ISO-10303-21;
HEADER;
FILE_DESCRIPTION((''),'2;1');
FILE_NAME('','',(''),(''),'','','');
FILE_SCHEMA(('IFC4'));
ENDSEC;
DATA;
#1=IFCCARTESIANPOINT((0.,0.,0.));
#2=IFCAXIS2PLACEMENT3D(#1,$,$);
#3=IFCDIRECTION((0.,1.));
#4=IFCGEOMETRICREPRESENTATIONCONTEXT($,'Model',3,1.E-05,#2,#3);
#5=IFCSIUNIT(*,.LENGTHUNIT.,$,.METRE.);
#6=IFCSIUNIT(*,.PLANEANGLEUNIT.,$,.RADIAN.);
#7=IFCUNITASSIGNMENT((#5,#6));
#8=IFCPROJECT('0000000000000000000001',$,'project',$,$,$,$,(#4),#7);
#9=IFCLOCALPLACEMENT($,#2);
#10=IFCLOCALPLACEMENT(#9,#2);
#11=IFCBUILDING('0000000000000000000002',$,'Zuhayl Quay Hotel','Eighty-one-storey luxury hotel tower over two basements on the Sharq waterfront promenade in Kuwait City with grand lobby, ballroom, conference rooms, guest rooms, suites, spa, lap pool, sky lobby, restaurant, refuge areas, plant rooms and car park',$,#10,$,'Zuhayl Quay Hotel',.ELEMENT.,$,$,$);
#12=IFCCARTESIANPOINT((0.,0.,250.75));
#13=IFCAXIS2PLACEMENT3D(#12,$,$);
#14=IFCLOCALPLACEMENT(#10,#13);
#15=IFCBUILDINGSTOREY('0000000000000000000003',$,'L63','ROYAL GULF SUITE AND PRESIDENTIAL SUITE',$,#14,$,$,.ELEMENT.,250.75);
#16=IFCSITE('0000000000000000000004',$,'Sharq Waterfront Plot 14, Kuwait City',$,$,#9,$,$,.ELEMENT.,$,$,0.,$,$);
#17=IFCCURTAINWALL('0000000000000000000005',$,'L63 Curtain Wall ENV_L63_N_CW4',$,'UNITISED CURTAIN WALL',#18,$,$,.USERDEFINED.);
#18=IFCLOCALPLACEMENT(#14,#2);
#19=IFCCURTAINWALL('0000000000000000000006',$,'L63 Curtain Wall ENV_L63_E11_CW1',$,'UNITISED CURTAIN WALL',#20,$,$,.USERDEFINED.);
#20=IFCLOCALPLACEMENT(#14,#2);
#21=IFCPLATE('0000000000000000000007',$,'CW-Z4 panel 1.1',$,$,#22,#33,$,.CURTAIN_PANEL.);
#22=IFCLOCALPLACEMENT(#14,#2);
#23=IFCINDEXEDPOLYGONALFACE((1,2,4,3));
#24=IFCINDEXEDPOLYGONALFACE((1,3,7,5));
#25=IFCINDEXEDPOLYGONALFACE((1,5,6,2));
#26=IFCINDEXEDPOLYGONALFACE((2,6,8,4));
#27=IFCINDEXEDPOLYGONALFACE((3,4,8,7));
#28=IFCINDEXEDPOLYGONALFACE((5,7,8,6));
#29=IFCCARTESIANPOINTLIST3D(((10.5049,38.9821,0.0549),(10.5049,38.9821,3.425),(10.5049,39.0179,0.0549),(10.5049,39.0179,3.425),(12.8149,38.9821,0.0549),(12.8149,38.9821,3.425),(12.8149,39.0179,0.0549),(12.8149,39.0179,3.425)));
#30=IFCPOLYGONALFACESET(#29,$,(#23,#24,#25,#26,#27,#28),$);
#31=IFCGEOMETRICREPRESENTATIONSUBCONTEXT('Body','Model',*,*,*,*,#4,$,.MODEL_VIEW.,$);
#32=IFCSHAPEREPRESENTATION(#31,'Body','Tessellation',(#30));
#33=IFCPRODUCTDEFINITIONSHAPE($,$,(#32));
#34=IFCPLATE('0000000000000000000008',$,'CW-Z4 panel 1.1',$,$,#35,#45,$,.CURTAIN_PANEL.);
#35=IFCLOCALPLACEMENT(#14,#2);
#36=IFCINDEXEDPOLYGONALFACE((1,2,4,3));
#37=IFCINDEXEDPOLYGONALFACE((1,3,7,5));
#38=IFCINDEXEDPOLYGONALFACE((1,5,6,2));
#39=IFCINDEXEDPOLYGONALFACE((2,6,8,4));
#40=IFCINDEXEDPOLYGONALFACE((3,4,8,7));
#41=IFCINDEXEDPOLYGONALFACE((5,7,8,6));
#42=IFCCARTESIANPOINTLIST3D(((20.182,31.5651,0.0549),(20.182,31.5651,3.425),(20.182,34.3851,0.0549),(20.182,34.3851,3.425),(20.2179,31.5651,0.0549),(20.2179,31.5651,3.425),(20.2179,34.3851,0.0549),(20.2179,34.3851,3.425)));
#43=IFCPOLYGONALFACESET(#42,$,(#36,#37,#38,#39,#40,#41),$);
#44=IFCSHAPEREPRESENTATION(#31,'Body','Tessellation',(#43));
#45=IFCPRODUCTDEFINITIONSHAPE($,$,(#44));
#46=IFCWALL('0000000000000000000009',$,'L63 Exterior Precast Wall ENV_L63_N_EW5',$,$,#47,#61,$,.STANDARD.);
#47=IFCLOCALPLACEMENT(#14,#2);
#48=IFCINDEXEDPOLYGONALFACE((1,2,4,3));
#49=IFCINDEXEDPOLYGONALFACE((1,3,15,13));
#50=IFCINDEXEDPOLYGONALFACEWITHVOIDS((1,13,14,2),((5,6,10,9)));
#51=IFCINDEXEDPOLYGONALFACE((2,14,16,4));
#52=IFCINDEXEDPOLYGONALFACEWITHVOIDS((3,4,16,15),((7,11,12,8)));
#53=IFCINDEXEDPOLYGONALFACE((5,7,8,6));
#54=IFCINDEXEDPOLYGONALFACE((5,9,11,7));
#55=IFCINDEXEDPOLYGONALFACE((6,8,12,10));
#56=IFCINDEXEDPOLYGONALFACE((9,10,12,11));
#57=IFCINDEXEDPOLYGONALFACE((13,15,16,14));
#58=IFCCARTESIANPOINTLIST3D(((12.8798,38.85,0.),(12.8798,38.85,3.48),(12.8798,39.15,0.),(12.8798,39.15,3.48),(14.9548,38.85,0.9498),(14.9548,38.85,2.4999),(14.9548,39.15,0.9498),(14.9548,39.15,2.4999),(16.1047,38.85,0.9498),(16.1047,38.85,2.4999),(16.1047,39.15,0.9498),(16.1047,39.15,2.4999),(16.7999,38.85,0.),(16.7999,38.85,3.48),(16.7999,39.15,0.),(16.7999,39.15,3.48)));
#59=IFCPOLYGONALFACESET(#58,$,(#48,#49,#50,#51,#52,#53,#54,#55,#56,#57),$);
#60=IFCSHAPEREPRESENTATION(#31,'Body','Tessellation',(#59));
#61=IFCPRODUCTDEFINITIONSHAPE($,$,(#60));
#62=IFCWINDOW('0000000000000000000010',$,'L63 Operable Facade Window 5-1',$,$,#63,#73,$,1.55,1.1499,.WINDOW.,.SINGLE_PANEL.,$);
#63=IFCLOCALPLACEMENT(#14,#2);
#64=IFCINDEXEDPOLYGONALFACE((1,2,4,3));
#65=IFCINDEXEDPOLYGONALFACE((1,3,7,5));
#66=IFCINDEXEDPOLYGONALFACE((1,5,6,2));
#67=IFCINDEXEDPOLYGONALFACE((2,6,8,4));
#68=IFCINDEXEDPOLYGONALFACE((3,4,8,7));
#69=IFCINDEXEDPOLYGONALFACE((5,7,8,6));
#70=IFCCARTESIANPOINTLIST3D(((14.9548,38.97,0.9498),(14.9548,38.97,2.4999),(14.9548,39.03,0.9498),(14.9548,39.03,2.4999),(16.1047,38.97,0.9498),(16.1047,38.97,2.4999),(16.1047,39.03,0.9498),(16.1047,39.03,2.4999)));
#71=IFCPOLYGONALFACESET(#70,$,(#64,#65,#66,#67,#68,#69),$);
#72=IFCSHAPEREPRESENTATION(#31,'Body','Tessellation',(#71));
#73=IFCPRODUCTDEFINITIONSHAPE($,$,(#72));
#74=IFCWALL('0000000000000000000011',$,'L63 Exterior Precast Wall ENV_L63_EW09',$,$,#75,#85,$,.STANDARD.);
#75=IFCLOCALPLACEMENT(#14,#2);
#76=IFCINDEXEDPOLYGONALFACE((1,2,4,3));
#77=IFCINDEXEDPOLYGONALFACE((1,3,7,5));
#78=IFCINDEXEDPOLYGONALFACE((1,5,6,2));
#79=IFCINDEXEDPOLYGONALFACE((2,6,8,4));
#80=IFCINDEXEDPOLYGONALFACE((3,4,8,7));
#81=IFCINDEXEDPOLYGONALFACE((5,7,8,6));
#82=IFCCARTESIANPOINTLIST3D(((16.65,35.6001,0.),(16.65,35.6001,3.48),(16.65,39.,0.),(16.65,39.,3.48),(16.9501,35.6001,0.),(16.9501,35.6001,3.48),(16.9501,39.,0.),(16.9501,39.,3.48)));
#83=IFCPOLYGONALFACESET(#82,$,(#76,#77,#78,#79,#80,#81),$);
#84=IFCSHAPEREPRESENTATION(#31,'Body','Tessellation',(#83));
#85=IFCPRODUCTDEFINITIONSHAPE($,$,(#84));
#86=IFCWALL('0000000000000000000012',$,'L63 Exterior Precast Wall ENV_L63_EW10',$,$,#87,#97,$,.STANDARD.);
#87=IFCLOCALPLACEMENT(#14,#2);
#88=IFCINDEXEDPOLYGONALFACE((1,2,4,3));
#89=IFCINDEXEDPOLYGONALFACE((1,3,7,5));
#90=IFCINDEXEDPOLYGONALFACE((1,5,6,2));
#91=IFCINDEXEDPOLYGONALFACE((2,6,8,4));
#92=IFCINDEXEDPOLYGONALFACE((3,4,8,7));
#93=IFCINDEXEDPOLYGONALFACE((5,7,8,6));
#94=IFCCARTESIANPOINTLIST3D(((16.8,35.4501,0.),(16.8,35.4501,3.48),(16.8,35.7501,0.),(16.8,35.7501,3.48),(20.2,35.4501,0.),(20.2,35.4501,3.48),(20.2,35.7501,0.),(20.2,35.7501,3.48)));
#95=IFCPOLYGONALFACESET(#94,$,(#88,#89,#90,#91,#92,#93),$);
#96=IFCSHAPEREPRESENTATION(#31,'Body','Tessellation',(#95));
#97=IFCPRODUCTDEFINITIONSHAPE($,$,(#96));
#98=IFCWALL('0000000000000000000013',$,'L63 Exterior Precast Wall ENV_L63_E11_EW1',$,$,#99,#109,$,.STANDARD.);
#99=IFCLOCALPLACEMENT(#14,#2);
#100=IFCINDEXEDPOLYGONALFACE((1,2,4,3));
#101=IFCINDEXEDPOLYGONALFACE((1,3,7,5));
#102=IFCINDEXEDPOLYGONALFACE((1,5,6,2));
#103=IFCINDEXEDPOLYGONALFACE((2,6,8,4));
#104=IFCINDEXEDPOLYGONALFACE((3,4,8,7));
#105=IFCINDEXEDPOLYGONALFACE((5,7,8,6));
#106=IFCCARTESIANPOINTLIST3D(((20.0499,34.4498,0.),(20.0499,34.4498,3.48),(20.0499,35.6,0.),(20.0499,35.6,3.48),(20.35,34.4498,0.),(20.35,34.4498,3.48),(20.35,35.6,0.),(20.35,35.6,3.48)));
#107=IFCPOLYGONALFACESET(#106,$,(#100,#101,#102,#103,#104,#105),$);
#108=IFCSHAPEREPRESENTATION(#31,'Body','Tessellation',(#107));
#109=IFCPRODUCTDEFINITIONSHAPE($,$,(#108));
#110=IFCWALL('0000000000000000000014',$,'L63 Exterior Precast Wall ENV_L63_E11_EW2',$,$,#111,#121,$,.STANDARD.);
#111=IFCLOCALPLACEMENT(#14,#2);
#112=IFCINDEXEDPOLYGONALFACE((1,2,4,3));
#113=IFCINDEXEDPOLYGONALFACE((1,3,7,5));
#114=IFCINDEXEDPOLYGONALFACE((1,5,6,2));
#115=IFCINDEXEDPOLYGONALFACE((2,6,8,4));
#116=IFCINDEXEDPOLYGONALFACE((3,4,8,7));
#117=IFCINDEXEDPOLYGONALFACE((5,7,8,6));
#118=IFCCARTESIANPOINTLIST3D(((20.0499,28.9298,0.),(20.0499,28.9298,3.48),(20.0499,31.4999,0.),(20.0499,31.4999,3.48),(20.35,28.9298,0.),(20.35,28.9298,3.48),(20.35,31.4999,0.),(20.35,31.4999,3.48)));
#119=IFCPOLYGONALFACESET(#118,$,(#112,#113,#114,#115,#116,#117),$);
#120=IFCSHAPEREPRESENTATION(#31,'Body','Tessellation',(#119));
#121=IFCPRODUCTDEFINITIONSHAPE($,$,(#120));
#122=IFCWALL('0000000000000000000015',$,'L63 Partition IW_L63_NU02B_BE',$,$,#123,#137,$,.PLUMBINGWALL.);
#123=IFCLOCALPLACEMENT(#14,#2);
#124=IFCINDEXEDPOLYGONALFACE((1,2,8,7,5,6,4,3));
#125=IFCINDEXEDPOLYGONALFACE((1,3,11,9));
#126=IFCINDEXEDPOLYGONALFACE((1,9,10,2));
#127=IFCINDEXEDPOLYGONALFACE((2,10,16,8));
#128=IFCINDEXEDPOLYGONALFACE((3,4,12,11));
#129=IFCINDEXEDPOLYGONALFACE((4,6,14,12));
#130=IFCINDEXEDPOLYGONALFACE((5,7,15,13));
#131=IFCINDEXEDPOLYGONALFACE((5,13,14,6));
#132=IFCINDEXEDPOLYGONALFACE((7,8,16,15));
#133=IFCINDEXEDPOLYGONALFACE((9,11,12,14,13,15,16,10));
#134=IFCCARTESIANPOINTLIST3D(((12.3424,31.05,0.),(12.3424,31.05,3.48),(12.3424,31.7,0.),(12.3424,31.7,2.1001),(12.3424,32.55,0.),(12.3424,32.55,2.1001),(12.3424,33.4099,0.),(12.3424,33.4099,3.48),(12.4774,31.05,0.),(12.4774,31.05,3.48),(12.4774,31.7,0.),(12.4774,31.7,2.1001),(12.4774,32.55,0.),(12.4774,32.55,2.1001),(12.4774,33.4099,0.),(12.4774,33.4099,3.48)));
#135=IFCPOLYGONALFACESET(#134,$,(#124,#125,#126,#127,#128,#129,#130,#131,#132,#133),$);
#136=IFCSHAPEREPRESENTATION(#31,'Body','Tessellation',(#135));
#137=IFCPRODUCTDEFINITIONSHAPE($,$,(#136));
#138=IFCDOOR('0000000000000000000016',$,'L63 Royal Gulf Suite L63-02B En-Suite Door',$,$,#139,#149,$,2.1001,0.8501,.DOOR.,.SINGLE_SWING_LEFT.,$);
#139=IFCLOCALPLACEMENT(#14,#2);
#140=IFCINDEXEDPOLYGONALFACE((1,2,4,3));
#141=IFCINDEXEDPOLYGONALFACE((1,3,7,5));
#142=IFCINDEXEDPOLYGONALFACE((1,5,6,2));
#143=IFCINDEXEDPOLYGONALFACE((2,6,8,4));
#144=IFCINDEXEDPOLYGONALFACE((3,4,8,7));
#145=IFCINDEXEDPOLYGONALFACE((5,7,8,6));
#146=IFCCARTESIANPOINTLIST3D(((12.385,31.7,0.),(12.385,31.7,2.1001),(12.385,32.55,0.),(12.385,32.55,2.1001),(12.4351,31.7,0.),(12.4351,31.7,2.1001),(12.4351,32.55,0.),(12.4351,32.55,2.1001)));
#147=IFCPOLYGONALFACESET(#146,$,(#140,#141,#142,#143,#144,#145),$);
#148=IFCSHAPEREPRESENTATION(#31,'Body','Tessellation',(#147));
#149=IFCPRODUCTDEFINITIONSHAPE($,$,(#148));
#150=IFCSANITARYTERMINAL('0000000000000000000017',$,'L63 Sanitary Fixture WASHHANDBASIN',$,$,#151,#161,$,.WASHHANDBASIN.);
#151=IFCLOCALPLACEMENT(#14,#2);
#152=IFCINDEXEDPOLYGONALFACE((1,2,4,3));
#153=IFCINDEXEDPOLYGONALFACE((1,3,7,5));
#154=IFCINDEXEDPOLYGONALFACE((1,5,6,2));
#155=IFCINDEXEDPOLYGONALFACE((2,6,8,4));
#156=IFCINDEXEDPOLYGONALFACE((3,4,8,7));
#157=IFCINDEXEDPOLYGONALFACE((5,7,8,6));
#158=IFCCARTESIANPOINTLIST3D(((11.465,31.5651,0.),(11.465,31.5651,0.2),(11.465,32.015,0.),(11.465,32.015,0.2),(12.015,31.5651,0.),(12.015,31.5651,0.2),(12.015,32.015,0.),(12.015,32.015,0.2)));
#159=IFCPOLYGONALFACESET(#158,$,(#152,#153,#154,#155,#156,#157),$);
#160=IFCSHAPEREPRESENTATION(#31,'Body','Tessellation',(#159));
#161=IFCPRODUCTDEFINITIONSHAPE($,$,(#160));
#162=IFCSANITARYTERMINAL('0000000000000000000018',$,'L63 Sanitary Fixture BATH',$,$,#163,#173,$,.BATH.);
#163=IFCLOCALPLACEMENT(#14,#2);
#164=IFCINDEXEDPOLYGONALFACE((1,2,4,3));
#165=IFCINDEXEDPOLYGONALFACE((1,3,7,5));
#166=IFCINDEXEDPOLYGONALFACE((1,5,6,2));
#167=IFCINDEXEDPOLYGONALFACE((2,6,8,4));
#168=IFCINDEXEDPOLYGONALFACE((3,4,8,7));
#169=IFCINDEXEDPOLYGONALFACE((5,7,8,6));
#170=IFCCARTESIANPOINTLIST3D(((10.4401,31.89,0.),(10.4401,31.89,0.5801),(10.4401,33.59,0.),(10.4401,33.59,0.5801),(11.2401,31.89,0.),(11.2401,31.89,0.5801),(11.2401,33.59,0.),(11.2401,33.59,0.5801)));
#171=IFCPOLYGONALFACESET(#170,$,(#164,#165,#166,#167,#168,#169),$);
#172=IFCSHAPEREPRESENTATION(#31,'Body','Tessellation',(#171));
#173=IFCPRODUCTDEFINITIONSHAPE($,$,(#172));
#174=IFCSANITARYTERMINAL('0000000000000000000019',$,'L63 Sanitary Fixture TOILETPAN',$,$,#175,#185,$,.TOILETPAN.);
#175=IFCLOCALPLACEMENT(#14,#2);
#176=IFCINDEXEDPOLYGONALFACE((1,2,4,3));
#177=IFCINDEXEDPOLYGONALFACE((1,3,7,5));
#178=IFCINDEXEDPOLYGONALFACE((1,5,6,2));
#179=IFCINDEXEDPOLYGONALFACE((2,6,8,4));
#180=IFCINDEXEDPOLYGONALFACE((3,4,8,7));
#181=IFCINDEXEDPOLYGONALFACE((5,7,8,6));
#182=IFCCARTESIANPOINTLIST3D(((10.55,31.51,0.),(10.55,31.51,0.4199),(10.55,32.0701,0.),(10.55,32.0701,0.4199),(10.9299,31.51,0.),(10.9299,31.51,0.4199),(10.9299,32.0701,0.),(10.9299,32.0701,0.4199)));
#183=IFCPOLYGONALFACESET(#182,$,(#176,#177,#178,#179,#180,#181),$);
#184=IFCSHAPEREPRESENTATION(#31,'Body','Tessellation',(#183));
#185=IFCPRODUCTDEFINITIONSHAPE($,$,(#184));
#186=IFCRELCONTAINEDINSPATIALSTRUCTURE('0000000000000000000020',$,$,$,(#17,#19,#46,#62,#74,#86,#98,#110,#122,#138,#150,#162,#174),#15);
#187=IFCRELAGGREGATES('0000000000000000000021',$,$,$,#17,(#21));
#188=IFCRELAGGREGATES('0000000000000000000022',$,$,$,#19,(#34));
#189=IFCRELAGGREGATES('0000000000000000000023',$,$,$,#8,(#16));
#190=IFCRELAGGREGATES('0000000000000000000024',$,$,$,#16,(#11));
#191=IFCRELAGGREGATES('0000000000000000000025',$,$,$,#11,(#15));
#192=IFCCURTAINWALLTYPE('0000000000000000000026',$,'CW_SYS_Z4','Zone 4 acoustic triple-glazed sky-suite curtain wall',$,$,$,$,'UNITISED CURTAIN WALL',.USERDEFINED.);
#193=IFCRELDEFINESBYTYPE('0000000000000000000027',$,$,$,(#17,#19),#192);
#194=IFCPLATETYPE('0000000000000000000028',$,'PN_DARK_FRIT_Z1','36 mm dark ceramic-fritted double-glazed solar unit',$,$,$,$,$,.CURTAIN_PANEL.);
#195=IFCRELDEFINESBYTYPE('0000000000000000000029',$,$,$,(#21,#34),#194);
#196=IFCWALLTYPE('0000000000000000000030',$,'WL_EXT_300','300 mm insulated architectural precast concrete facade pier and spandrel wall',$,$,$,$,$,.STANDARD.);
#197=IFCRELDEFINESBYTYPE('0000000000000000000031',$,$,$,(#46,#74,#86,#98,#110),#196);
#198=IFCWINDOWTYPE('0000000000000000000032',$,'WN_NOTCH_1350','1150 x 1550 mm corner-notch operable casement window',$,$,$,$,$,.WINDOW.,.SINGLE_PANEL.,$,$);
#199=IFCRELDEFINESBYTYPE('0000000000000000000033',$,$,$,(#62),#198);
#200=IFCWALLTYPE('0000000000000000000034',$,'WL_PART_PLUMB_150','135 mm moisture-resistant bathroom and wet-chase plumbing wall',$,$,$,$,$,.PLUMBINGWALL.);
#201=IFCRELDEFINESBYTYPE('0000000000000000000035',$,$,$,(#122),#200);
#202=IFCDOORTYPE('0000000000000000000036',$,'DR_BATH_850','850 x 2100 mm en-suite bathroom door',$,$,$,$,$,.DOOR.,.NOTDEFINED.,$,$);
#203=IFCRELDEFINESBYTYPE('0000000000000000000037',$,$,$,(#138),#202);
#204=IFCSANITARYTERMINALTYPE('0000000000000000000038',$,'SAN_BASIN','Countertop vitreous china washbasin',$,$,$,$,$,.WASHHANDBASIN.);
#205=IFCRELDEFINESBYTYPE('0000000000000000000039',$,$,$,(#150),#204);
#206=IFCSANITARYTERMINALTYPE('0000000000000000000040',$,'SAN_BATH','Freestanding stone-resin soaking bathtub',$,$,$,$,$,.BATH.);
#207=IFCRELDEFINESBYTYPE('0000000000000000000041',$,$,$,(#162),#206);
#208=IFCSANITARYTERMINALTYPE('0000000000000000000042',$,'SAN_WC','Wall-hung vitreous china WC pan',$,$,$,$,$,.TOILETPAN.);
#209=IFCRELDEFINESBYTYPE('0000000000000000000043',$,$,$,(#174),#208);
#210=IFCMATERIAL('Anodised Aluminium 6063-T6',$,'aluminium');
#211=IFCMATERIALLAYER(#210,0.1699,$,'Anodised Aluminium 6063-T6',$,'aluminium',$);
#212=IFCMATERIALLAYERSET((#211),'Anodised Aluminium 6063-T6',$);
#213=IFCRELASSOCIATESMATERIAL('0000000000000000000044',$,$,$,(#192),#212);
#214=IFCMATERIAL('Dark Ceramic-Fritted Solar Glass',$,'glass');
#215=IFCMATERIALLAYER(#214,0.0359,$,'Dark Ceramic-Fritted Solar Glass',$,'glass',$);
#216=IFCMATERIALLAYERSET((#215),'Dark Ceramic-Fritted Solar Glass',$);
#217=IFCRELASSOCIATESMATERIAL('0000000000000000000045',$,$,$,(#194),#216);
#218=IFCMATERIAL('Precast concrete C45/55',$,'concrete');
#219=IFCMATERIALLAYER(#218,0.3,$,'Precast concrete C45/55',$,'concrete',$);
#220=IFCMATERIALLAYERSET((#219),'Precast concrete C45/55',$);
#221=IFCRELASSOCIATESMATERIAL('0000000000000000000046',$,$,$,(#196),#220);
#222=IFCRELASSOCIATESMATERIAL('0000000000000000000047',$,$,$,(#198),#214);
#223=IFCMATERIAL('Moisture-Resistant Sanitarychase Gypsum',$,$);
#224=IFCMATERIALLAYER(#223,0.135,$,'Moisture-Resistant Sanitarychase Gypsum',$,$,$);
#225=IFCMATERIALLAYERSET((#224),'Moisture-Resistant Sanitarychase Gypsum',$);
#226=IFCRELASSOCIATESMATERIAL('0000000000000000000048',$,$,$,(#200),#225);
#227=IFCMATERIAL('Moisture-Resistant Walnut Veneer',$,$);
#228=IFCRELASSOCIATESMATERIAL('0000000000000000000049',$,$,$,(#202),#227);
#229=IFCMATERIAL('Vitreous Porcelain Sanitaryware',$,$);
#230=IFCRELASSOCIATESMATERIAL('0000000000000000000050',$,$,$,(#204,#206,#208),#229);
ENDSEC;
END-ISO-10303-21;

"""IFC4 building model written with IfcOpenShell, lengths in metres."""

from ifc_helpers import new_model, si_unit, direction, frame, frame_2d, origin, origin_2d, place, context, subcontext, project, spatial, rectangle, extrude, material, layer, layer_set, type_object, element, fill, aggregate, save


model = new_model("IFC4")

# Units and contexts
model_context = context("Model", 3, precision=1e-05, world=origin(), true_north=direction((0.0, 1.0)))
body_context = subcontext(model_context, "Body", "Model", "MODEL_VIEW")
ifc_project = project(units=[si_unit("LENGTHUNIT", "METRE"), si_unit("PLANEANGLEUNIT", "RADIAN")], contexts=[model_context])

# Site, building, storey
site_placement = place(None, origin())
site = spatial("IfcSite", under=ifc_project, at=site_placement, Name="Sharq Waterfront Plot 14, Kuwait City", CompositionType="ELEMENT", RefElevation=0.0)
building_placement = place(site_placement, origin())
building = spatial("IfcBuilding", under=site, at=building_placement, Name="Zuhayl Quay Hotel", Description="Eighty-one-storey luxury hotel tower over two basements on the Sharq waterfront promenade in Kuwait City with grand lobby, ballroom, conference rooms, guest rooms, suites, spa, lap pool, sky lobby, restaurant, refuge areas, plant rooms and car park", LongName="Zuhayl Quay Hotel", CompositionType="ELEMENT")
storey_placement = place(building_placement, frame((0.0, 0.0, 250.75)))
storey = spatial("IfcBuildingStorey", under=building, at=storey_placement, Name="L63", Description="ROYAL GULF SUITE AND PRESIDENTIAL SUITE", CompositionType="ELEMENT", Elevation=250.75)

# Curtain walls
ifc_material_1 = material(Name="Anodised Aluminium 6063-T6", Category="aluminium")
ifc_layer_1 = layer(ifc_material_1, 0.1699, Name="Anodised Aluminium 6063-T6", Category="aluminium")
ifc_layer_set_1 = layer_set([ifc_layer_1], Name="Anodised Aluminium 6063-T6")
curtain_wall_type = type_object("IfcCurtainWallType", Name="CW_SYS_Z4", Description="Zone 4 acoustic triple-glazed sky-suite curtain wall", ElementType="UNITISED CURTAIN WALL", PredefinedType="USERDEFINED", material=ifc_layer_set_1)
curtain_wall_1_placement = place(storey_placement, origin())
curtain_wall_1 = element("IfcCurtainWall", 1, at=curtain_wall_1_placement, inside=storey, type_object=curtain_wall_type, Name="L63 Curtain Wall ENV_L63_N_CW4", ObjectType="UNITISED CURTAIN WALL", PredefinedType="USERDEFINED")
curtain_wall_2_placement = place(storey_placement, origin())
curtain_wall_2 = element("IfcCurtainWall", 2, at=curtain_wall_2_placement, inside=storey, type_object=curtain_wall_type, Name="L63 Curtain Wall ENV_L63_E11_CW1", ObjectType="UNITISED CURTAIN WALL", PredefinedType="USERDEFINED")

# Plates
ifc_material_2 = material(Name="Dark Ceramic-Fritted Solar Glass", Category="glass")
ifc_layer_2 = layer(ifc_material_2, 0.0359, Name="Dark Ceramic-Fritted Solar Glass", Category="glass")
ifc_layer_set_2 = layer_set([ifc_layer_2], Name="Dark Ceramic-Fritted Solar Glass")
plate_type = type_object("IfcPlateType", Name="PN_DARK_FRIT_Z1", Description="36 mm dark ceramic-fritted double-glazed solar unit", PredefinedType="CURTAIN_PANEL", material=ifc_layer_set_2)
plate_1_placement = place(storey_placement, frame((11.6599, 39.0, 0.0549), z_axis=(0.0, 0.0, 1.0), x_axis=(1.0, 0.0, 0.0)))
plate_1 = element("IfcPlate", 3, at=plate_1_placement, type_object=plate_type, Name="CW-Z4 panel 1.1", PredefinedType="CURTAIN_PANEL", context=body_context, shape_type="SweptSolid", body=[
    extrude(rectangle(XDim=2.3101, YDim=0.0359, at=origin_2d()), origin(), (0.0, 0.0, 1.0), 3.3701),
])
aggregate(curtain_wall_1, [plate_1])
plate_2_placement = place(storey_placement, frame((20.2, 32.9751, 0.0549), z_axis=(0.0, 0.0, 1.0), x_axis=(0.0, -1.0, 0.0)))
plate_2 = element("IfcPlate", 4, at=plate_2_placement, type_object=plate_type, Name="CW-Z4 panel 1.1", PredefinedType="CURTAIN_PANEL", context=body_context, shape_type="SweptSolid", body=[
    extrude(rectangle(XDim=2.8201, YDim=0.0359, at=origin_2d()), origin(), (0.0, 0.0, 1.0), 3.3701),
])
aggregate(curtain_wall_2, [plate_2])

# Wall, opening, window
ifc_material_3 = material(Name="Precast concrete C45/55", Category="concrete")
ifc_layer_3 = layer(ifc_material_3, 0.3, Name="Precast concrete C45/55", Category="concrete")
ifc_layer_set_3 = layer_set([ifc_layer_3], Name="Precast concrete C45/55")
wall_type_1 = type_object("IfcWallType", Name="WL_EXT_300", Description="300 mm insulated architectural precast concrete facade pier and spandrel wall", PredefinedType="STANDARD", material=ifc_layer_set_3)
wall_1_placement = place(storey_placement, frame((12.8799, 39.0, 0.0), z_axis=(0.0, 0.0, 1.0), x_axis=(1.0, 0.0, 0.0)))
wall_1 = element("IfcWall", 5, at=wall_1_placement, inside=storey, type_object=wall_type_1, Name="L63 Exterior Precast Wall ENV_L63_N_EW5", PredefinedType="STANDARD", context=body_context, shape_type="SweptSolid", body=[
    extrude(rectangle(XDim=3.9202, YDim=0.3, at=frame_2d((1.96, 0.0))), origin(), (0.0, 0.0, 1.0), 3.48),
])
opening_1_placement = place(wall_1_placement, frame((2.075, 0.0, 0.95)))
opening_1 = element("IfcOpeningElement", 6, at=opening_1_placement, cuts=wall_1, PredefinedType="OPENING", context=body_context, shape_type="SweptSolid", body=[
    extrude(rectangle(XDim=1.1499, YDim=1.55, at=frame_2d((0.575, 0.7749))), frame((0.0, 0.1599, 0.0), z_axis=(0.0, -1.0, 0.0), x_axis=(1.0, 0.0, 0.0)), (0.0, 0.0, 1.0), 0.3201),
])
window_type = type_object("IfcWindowType", Name="WN_NOTCH_1350", Description="1150 x 1550 mm corner-notch operable casement window", PartitioningType="SINGLE_PANEL", PredefinedType="WINDOW", material=ifc_material_2)
window_placement = place(opening_1_placement, origin())
window = element("IfcWindow", 7, at=window_placement, inside=storey, type_object=window_type, Name="L63 Operable Facade Window 5-1", OverallHeight=1.55, OverallWidth=1.1499, PartitioningType="SINGLE_PANEL", PredefinedType="WINDOW", context=body_context, shape_type="SweptSolid", body=[
    extrude(rectangle(XDim=1.1499, YDim=1.55, at=frame_2d((0.575, 0.7749))), frame((0.0, 0.03, 0.0), z_axis=(0.0, -1.0, 0.0), x_axis=(1.0, 0.0, 0.0)), (0.0, 0.0, 1.0), 0.0601),
])
fill(opening_1, window)

# Walls
for number, where, z_axis, x_axis, name in (
    (8, (16.8, 39.0, 0.0), (0.0, 0.0, 1.0), (0.0, -1.0, 0.0), "L63 Exterior Precast Wall ENV_L63_EW09"),
    (9, (16.8, 35.6001, 0.0), (0.0, 0.0, 1.0), (1.0, 0.0, 0.0), "L63 Exterior Precast Wall ENV_L63_EW10"),
):
    element("IfcWall", number, at=place(storey_placement, frame(where, z_axis=z_axis, x_axis=x_axis)), inside=storey, type_object=wall_type_1, Name=name, PredefinedType="STANDARD", context=body_context, shape_type="SweptSolid", body=[
        extrude(rectangle(XDim=3.3999, YDim=0.3, at=frame_2d((1.7, 0.0))), origin(), (0.0, 0.0, 1.0), 3.48),
    ])
wall_2_placement = place(storey_placement, frame((20.2, 35.6001, 0.0), z_axis=(0.0, 0.0, 1.0), x_axis=(0.0, -1.0, 0.0)))
element("IfcWall", 10, at=wall_2_placement, inside=storey, type_object=wall_type_1, Name="L63 Exterior Precast Wall ENV_L63_E11_EW1", PredefinedType="STANDARD", context=body_context, shape_type="SweptSolid", body=[
    extrude(rectangle(XDim=1.1501, YDim=0.3, at=frame_2d((0.5752, 0.0))), origin(), (0.0, 0.0, 1.0), 3.48),
])
wall_3_placement = place(storey_placement, frame((20.2, 31.5, 0.0), z_axis=(0.0, 0.0, 1.0), x_axis=(0.0, -1.0, 0.0)))
element("IfcWall", 11, at=wall_3_placement, inside=storey, type_object=wall_type_1, Name="L63 Exterior Precast Wall ENV_L63_E11_EW2", PredefinedType="STANDARD", context=body_context, shape_type="SweptSolid", body=[
    extrude(rectangle(XDim=2.5701, YDim=0.3, at=frame_2d((1.2852, 0.0))), origin(), (0.0, 0.0, 1.0), 3.48),
])

# Wall, opening, door
ifc_material_4 = material(Name="Moisture-Resistant Sanitarychase Gypsum")
ifc_layer_4 = layer(ifc_material_4, 0.135, Name="Moisture-Resistant Sanitarychase Gypsum")
ifc_layer_set_4 = layer_set([ifc_layer_4], Name="Moisture-Resistant Sanitarychase Gypsum")
wall_type_2 = type_object("IfcWallType", Name="WL_PART_PLUMB_150", Description="135 mm moisture-resistant bathroom and wet-chase plumbing wall", PredefinedType="PLUMBINGWALL", material=ifc_layer_set_4)
wall_4_placement = place(storey_placement, frame((12.4099, 31.05, 0.0), z_axis=(0.0, 0.0, 1.0), x_axis=(0.0, 1.0, 0.0)))
wall_4 = element("IfcWall", 12, at=wall_4_placement, inside=storey, type_object=wall_type_2, Name="L63 Partition IW_L63_NU02B_BE", PredefinedType="PLUMBINGWALL", context=body_context, shape_type="SweptSolid", body=[
    extrude(rectangle(XDim=2.3599, YDim=0.135, at=frame_2d((1.1799, 0.0))), origin(), (0.0, 0.0, 1.0), 3.48),
])
opening_2_placement = place(wall_4_placement, frame((0.6499, 0.0, 0.0)))
opening_2 = element("IfcOpeningElement", 13, at=opening_2_placement, cuts=wall_4, PredefinedType="OPENING", context=body_context, shape_type="SweptSolid", body=[
    extrude(rectangle(XDim=0.8501, YDim=2.1001, at=frame_2d((0.425, 1.05))), frame((0.0, 0.0774, 0.0), z_axis=(0.0, -1.0, 0.0), x_axis=(1.0, 0.0, 0.0)), (0.0, 0.0, 1.0), 0.155),
])
ifc_material_5 = material(Name="Moisture-Resistant Walnut Veneer")
door_type = type_object("IfcDoorType", Name="DR_BATH_850", Description="850 x 2100 mm en-suite bathroom door", OperationType="NOTDEFINED", PredefinedType="DOOR", material=ifc_material_5)
door_placement = place(opening_2_placement, origin())
door = element("IfcDoor", 14, at=door_placement, inside=storey, type_object=door_type, Name="L63 Royal Gulf Suite L63-02B En-Suite Door", OperationType="SINGLE_SWING_LEFT", OverallHeight=2.1001, OverallWidth=0.8501, PredefinedType="DOOR", context=body_context, shape_type="SweptSolid", body=[
    extrude(rectangle(XDim=0.8501, YDim=2.1001, at=frame_2d((0.425, 1.05))), frame((0.0, 0.0249, 0.0), z_axis=(0.0, -1.0, 0.0), x_axis=(1.0, 0.0, 0.0)), (0.0, 0.0, 1.0), 0.05),
])
fill(opening_2, door)

# Sanitary terminals
ifc_material_6 = material(Name="Vitreous Porcelain Sanitaryware")
sanitary_terminal_type_1 = type_object("IfcSanitaryTerminalType", Name="SAN_BASIN", Description="Countertop vitreous china washbasin", PredefinedType="WASHHANDBASIN", material=ifc_material_6)
sanitary_terminal_1_placement = place(storey_placement, frame((11.74, 31.79, 0.0), z_axis=(0.0, 0.0, 1.0), x_axis=(1.0, 0.0, 0.0)))
element("IfcSanitaryTerminal", 15, at=sanitary_terminal_1_placement, inside=storey, type_object=sanitary_terminal_type_1, Name="L63 Sanitary Fixture WASHHANDBASIN", PredefinedType="WASHHANDBASIN", context=body_context, shape_type="SweptSolid", body=[
    extrude(rectangle(XDim=0.55, YDim=0.45, at=origin_2d()), origin(), (0.0, 0.0, 1.0), 0.2),
])
sanitary_terminal_type_2 = type_object("IfcSanitaryTerminalType", Name="SAN_BATH", Description="Freestanding stone-resin soaking bathtub", PredefinedType="BATH", material=ifc_material_6)
sanitary_terminal_2_placement = place(storey_placement, frame((10.8401, 32.74, 0.0), z_axis=(0.0, 0.0, 1.0), x_axis=(1.0, 0.0, 0.0)))
element("IfcSanitaryTerminal", 16, at=sanitary_terminal_2_placement, inside=storey, type_object=sanitary_terminal_type_2, Name="L63 Sanitary Fixture BATH", PredefinedType="BATH", context=body_context, shape_type="SweptSolid", body=[
    extrude(rectangle(XDim=0.8, YDim=1.7, at=origin_2d()), origin(), (0.0, 0.0, 1.0), 0.5801),
])
sanitary_terminal_type_3 = type_object("IfcSanitaryTerminalType", Name="SAN_WC", Description="Wall-hung vitreous china WC pan", PredefinedType="TOILETPAN", material=ifc_material_6)
sanitary_terminal_3_placement = place(storey_placement, frame((10.74, 31.79, 0.0), z_axis=(0.0, 0.0, 1.0), x_axis=(1.0, 0.0, 0.0)))
element("IfcSanitaryTerminal", 17, at=sanitary_terminal_3_placement, inside=storey, type_object=sanitary_terminal_type_3, Name="L63 Sanitary Fixture TOILETPAN", PredefinedType="TOILETPAN", context=body_context, shape_type="SweptSolid", body=[
    extrude(rectangle(XDim=0.3799, YDim=0.5601, at=origin_2d()), origin(), (0.0, 0.0, 1.0), 0.4199),
])

save(model, "model.ifc")
